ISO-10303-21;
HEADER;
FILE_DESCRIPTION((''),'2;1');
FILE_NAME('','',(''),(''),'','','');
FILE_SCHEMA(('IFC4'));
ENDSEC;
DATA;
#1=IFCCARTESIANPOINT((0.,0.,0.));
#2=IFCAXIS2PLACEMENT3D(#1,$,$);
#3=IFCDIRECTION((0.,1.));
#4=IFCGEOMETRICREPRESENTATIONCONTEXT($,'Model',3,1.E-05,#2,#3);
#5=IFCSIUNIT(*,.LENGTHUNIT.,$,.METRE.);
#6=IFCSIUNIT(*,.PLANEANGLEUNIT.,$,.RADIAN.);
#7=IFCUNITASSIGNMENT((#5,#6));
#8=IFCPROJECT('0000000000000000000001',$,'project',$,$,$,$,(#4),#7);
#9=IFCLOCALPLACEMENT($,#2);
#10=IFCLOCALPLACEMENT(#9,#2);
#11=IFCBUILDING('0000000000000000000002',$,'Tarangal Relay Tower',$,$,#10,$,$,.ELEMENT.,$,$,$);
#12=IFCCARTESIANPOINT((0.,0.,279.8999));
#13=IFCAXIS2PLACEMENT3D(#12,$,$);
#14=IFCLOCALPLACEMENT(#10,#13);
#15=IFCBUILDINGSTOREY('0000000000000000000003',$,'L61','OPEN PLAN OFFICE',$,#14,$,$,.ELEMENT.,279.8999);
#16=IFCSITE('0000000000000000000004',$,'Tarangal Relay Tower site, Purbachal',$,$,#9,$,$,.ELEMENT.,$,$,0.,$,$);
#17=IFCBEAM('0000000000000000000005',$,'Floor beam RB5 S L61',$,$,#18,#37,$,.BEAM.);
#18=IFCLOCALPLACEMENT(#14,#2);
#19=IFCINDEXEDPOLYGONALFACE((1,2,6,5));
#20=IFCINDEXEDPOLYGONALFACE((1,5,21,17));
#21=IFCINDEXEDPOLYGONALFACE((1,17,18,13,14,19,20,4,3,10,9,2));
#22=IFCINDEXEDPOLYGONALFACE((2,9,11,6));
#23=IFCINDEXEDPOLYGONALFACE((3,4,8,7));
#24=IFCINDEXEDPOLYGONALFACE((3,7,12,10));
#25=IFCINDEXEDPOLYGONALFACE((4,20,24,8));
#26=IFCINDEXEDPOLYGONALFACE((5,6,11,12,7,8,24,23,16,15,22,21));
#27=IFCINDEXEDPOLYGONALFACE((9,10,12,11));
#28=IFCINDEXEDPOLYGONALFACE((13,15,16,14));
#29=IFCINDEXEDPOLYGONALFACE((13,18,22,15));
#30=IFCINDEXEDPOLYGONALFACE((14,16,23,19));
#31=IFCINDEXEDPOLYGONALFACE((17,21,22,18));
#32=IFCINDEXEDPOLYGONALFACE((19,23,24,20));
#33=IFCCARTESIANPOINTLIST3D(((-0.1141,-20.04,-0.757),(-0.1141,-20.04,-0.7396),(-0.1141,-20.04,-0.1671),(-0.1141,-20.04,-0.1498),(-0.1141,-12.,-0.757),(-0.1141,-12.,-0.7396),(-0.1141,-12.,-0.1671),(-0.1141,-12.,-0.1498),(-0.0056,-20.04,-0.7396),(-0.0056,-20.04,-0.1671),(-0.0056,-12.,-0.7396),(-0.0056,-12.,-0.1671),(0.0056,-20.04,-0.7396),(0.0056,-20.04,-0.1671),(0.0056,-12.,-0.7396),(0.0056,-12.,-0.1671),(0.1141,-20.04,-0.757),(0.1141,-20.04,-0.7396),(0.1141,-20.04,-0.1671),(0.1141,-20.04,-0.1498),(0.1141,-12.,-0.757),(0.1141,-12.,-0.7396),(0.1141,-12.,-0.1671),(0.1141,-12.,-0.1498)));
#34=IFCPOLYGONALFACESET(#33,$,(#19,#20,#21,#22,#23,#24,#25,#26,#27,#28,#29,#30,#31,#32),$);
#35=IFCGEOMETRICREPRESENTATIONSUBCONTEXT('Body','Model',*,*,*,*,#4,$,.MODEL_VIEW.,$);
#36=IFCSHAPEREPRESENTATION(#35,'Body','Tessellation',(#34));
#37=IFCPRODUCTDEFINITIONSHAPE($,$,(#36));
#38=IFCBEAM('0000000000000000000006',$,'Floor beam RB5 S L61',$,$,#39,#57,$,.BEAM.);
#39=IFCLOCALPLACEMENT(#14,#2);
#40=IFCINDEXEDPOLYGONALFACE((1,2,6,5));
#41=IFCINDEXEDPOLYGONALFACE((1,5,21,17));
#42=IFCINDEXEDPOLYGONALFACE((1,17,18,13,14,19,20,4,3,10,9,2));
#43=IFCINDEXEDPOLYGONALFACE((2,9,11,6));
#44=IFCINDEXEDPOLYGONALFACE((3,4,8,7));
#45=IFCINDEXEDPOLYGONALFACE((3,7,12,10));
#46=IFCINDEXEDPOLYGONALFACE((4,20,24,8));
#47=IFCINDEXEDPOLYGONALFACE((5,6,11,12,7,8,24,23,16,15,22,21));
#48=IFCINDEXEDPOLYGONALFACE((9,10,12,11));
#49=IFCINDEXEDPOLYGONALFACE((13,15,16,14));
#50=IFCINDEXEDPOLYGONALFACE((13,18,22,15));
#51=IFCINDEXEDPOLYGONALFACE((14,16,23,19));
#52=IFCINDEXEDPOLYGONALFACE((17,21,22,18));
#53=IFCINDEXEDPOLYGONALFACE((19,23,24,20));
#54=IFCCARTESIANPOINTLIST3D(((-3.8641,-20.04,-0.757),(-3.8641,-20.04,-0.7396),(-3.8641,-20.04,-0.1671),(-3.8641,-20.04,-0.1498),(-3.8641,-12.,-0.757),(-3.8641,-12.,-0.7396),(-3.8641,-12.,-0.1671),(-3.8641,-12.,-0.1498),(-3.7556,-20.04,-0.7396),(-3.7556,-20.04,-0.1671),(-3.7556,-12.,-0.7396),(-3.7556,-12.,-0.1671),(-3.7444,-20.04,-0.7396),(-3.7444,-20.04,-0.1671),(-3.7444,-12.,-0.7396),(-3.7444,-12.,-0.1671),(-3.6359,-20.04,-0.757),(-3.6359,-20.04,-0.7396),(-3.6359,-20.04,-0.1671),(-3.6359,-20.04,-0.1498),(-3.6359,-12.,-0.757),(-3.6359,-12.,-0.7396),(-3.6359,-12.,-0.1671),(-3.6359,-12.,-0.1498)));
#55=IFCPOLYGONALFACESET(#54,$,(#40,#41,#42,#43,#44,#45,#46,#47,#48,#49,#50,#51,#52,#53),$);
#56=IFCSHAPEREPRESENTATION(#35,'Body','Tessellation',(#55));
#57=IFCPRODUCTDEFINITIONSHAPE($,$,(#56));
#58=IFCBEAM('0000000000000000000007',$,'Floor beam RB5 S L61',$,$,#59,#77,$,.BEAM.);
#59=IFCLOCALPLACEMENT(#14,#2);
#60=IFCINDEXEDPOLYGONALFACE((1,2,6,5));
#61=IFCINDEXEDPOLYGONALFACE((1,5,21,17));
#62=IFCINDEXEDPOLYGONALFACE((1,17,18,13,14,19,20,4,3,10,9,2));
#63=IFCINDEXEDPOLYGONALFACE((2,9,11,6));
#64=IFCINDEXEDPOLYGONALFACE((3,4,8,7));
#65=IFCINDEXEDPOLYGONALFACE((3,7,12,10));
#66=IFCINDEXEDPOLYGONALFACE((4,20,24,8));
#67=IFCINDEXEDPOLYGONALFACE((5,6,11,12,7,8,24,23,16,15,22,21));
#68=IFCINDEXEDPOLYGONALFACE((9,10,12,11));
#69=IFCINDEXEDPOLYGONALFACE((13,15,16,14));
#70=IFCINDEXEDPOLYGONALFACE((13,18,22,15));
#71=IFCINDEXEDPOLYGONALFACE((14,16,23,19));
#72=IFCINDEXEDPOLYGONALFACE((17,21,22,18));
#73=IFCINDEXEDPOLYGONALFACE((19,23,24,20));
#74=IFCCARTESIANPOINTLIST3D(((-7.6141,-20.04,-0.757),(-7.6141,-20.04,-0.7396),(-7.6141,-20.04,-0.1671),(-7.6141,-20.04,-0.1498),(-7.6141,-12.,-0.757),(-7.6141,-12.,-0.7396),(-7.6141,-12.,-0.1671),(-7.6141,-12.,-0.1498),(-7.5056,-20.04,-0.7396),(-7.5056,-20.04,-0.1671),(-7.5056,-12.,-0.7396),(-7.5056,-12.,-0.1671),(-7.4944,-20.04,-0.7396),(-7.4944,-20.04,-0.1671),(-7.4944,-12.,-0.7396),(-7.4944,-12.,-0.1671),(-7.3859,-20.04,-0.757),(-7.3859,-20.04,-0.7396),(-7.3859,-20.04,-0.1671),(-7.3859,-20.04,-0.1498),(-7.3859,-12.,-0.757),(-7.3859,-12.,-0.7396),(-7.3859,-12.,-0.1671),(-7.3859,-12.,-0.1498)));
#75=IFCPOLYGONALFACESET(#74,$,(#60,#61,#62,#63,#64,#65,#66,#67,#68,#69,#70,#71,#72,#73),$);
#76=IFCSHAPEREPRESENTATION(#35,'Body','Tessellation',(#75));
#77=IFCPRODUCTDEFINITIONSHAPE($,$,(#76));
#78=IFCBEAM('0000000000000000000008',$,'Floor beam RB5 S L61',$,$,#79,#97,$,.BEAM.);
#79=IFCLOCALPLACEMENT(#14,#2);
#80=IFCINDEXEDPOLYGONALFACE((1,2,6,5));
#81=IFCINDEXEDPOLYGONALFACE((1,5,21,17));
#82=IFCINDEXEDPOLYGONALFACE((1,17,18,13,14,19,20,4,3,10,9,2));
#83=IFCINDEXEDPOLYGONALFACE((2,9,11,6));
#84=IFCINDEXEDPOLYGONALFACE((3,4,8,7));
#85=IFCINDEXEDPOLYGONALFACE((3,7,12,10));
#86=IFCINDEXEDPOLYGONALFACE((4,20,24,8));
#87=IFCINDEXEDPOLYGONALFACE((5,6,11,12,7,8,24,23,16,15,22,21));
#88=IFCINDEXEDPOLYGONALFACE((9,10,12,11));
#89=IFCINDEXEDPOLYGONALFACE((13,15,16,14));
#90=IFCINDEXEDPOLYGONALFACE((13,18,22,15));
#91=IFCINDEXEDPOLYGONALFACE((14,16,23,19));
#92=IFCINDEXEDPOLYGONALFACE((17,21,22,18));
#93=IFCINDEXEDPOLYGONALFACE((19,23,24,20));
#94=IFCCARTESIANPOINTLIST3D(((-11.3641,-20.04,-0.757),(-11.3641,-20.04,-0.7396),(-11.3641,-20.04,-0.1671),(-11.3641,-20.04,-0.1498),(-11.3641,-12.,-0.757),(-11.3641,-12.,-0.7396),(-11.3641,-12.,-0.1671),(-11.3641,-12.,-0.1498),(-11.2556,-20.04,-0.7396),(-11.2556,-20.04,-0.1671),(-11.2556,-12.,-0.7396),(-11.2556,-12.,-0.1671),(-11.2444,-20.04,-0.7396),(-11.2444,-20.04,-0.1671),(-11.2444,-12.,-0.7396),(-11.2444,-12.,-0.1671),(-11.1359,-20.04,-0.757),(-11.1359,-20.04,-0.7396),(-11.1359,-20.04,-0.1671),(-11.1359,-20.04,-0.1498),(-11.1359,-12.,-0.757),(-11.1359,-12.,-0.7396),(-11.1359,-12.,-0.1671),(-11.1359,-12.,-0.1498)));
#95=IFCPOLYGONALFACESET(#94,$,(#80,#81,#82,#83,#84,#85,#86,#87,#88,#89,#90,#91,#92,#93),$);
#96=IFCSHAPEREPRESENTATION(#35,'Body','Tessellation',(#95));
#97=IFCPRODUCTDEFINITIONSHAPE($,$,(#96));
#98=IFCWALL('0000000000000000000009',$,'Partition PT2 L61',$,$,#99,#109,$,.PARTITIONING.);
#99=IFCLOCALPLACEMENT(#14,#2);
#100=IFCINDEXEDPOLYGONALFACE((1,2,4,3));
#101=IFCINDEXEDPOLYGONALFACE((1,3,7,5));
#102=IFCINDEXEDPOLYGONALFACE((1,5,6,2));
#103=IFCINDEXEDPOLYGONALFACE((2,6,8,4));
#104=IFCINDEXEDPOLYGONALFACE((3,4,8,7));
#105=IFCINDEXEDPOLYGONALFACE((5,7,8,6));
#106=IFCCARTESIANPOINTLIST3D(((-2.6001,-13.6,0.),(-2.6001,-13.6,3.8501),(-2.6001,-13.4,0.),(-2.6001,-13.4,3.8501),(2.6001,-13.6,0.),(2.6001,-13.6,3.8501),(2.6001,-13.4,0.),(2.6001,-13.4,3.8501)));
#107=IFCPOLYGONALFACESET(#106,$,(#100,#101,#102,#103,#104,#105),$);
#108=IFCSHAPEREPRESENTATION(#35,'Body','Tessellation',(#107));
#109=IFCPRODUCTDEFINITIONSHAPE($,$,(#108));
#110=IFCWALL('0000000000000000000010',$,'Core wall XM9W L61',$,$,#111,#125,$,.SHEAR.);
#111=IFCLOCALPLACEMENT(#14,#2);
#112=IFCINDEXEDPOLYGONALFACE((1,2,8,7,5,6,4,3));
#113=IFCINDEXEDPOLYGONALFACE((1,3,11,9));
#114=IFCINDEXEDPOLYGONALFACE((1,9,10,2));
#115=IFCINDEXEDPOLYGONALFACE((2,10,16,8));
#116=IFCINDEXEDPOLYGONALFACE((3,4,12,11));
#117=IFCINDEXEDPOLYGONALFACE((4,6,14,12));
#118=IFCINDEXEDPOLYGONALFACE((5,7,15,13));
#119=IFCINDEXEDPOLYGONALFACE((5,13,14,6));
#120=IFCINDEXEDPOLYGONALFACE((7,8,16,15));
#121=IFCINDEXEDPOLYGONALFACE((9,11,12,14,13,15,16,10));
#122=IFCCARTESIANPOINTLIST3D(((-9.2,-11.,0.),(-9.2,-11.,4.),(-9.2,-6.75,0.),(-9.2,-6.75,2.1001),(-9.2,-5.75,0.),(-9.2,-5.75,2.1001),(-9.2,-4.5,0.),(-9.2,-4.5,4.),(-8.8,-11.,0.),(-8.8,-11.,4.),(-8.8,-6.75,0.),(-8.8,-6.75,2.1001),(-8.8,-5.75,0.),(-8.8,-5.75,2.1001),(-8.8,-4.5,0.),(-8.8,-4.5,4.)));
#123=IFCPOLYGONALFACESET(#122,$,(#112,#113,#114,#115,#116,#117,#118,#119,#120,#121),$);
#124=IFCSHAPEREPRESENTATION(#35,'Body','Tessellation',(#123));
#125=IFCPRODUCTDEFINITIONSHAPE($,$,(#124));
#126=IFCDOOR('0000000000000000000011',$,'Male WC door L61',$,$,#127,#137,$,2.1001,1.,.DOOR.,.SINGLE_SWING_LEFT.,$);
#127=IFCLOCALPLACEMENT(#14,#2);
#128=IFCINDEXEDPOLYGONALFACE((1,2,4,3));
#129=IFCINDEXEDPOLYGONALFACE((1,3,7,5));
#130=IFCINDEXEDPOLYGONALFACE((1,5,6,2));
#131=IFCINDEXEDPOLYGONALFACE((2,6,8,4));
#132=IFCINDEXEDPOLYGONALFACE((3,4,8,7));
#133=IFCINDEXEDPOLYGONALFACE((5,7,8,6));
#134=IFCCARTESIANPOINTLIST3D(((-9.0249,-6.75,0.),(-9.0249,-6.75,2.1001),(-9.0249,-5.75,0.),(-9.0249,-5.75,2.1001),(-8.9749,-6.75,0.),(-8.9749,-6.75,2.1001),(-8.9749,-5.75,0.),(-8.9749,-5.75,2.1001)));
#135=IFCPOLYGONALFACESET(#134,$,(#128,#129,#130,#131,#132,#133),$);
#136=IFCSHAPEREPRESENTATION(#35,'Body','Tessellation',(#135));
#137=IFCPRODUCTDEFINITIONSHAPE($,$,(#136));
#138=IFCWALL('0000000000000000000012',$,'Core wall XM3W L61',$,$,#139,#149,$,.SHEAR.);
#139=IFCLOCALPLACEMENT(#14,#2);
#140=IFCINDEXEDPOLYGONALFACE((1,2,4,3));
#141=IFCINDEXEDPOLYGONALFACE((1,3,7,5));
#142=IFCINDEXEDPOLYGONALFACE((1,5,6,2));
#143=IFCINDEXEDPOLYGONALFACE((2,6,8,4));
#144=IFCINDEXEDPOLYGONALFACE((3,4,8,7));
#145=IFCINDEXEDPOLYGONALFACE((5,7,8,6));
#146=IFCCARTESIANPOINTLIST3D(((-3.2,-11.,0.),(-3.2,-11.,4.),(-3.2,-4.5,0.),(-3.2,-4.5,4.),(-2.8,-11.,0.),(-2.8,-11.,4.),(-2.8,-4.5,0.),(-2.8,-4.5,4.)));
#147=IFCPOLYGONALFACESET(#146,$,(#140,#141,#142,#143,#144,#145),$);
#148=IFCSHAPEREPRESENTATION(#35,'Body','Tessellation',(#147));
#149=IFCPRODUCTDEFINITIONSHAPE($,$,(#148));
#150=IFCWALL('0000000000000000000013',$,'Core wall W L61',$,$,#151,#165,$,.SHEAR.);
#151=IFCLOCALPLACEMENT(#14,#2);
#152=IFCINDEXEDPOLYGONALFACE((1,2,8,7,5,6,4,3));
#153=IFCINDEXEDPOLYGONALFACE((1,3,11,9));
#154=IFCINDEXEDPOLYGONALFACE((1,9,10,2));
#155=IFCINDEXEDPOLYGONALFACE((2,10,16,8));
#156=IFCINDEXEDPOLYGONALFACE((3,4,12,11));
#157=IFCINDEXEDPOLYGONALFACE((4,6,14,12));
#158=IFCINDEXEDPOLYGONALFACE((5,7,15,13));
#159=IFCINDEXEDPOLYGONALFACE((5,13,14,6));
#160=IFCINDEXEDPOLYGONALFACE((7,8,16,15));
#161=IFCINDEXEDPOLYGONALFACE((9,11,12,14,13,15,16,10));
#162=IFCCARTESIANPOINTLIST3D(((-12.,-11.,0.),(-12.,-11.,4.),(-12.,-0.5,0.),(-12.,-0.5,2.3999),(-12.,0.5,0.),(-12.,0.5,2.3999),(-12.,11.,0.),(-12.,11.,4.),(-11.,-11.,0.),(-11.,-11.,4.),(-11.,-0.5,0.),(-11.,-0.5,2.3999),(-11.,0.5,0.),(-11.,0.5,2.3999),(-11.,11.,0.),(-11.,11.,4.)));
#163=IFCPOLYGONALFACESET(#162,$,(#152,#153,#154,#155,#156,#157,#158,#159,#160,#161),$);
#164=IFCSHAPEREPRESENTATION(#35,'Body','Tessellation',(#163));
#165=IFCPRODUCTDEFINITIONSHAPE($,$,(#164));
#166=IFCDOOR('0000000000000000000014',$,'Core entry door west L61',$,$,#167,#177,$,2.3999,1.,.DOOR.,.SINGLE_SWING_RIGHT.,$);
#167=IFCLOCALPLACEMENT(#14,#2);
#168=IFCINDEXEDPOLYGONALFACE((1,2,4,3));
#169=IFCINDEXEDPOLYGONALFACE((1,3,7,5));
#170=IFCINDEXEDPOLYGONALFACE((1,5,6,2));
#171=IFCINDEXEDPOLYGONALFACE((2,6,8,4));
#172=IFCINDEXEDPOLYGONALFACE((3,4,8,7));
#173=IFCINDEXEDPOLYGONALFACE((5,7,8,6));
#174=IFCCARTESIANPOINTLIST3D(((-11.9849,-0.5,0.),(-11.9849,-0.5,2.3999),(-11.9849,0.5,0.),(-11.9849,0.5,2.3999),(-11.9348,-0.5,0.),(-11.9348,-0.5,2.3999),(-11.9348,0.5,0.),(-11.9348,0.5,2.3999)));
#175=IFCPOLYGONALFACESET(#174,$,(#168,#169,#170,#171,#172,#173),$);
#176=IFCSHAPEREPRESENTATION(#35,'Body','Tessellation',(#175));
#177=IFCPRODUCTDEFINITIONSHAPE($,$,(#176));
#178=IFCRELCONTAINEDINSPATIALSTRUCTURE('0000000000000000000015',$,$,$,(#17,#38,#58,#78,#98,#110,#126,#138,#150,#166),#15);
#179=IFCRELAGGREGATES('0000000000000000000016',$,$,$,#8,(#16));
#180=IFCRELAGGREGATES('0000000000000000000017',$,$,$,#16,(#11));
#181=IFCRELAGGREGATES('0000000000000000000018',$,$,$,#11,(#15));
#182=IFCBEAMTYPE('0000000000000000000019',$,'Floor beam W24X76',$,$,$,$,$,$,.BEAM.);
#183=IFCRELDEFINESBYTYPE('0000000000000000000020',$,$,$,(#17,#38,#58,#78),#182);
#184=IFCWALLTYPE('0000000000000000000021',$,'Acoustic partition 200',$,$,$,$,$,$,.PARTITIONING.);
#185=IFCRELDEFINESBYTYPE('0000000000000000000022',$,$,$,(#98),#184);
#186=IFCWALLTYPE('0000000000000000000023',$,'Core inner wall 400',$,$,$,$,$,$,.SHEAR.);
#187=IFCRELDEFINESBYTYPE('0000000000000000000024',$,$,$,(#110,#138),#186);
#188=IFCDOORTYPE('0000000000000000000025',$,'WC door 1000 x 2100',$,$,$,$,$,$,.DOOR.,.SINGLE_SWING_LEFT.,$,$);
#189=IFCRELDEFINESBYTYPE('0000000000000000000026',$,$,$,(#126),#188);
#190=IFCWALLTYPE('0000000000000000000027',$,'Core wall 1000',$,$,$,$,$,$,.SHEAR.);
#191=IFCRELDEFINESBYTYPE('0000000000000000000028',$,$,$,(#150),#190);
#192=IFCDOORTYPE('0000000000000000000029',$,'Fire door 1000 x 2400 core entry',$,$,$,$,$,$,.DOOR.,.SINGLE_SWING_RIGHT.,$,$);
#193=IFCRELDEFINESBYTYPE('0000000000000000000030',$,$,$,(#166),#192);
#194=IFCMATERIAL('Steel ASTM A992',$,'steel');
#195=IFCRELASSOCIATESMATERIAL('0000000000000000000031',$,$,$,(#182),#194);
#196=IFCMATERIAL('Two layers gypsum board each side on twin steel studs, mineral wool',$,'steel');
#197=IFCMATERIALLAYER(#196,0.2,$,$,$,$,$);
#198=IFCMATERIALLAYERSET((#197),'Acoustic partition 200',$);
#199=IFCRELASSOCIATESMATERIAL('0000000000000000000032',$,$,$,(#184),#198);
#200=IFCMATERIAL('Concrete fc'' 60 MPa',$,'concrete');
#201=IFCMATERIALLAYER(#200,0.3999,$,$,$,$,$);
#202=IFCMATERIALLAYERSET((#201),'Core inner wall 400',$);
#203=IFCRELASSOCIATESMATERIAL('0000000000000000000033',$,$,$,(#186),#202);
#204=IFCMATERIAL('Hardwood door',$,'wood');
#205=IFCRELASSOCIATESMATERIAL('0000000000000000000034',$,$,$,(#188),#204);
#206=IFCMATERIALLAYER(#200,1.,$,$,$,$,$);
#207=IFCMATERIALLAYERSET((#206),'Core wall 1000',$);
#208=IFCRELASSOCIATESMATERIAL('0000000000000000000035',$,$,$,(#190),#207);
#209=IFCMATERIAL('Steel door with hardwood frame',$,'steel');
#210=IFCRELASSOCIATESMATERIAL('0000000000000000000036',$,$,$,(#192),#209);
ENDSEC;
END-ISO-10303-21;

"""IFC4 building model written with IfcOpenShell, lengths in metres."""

from ifc_helpers import new_model, si_unit, direction, frame, frame_2d, origin, origin_2d, place, context, subcontext, project, spatial, rectangle, i_section, extrude, material, layer, layer_set, material_profile, profile_set, type_object, element, fill, save


model = new_model("IFC4")

# Units and contexts
model_context = context("Model", 3, precision=1e-05, world=origin(), true_north=direction((0.0, 1.0)))
body_context = subcontext(model_context, "Body", "Model", "MODEL_VIEW")
ifc_project = project(units=[si_unit("LENGTHUNIT", "METRE"), si_unit("PLANEANGLEUNIT", "RADIAN")], contexts=[model_context])

# Site, building, storey
site_placement = place(None, origin())
site = spatial("IfcSite", under=ifc_project, at=site_placement, Name="Tarangal Relay Tower site, Purbachal", CompositionType="ELEMENT", RefElevation=0.0)
building_placement = place(site_placement, origin())
building = spatial("IfcBuilding", under=site, at=building_placement, Name="Tarangal Relay Tower", CompositionType="ELEMENT")
storey_placement = place(building_placement, frame((0.0, 0.0, 279.8999)))
storey = spatial("IfcBuildingStorey", under=building, at=storey_placement, Name="L61", Description="OPEN PLAN OFFICE", CompositionType="ELEMENT", Elevation=279.8999)

# Beams
ifc_material_1 = material(Name="Steel ASTM A992", Category="steel")
ifc_material_profile = material_profile(ifc_material_1, i_section(OverallWidth=0.2283, OverallDepth=0.6072, WebThickness=0.0112, FlangeThickness=0.0173, at=origin_2d()), Name="W24X76")
ifc_profile_set = profile_set([ifc_material_profile], Name="Steel ASTM A992")
beam_type = type_object("IfcBeamType", Name="Floor beam W24X76", PredefinedType="BEAM", material=ifc_profile_set)
for number, where, z_axis, x_axis, name in (
    (1, (0.0, -12.0, -0.4534), (0.0, -1.0, 0.0), (1.0, 0.0, 0.0), "Floor beam RB5 S L61"),
    (2, (-3.75, -12.0, -0.4534), (0.0, -1.0, 0.0), (1.0, 0.0, 0.0), "Floor beam RB5 S L61"),
    (3, (-7.5, -12.0, -0.4534), (0.0, -1.0, 0.0), (1.0, 0.0, 0.0), "Floor beam RB5 S L61"),
    (4, (-11.25, -12.0, -0.4534), (0.0, -1.0, 0.0), (1.0, 0.0, 0.0), "Floor beam RB5 S L61"),
):
    element("IfcBeam", number, at=place(storey_placement, frame(where, z_axis=z_axis, x_axis=x_axis)), inside=storey, type_object=beam_type, Name=name, PredefinedType="BEAM", context=body_context, shape_type="SweptSolid", body=[
        extrude(i_section(OverallWidth=0.2283, OverallDepth=0.6072, WebThickness=0.0112, FlangeThickness=0.0173, at=origin_2d()), origin(), (0.0, 0.0, 1.0), 8.04),
    ])

# Wall
ifc_material_2 = material(Name="Two layers gypsum board each side on twin steel studs, mineral wool", Category="steel")
ifc_layer_1 = layer(ifc_material_2, 0.2)
ifc_layer_set_1 = layer_set([ifc_layer_1], Name="Acoustic partition 200")
wall_type_1 = type_object("IfcWallType", Name="Acoustic partition 200", PredefinedType="PARTITIONING", material=ifc_layer_set_1)
wall_1_placement = place(storey_placement, frame((-2.6001, -13.5, 0.0), z_axis=(0.0, 0.0, 1.0), x_axis=(1.0, 0.0, 0.0)))
element("IfcWall", 5, at=wall_1_placement, inside=storey, type_object=wall_type_1, Name="Partition PT2 L61", PredefinedType="PARTITIONING", context=body_context, shape_type="SweptSolid", body=[
    extrude(rectangle(XDim=5.2002, YDim=0.2, at=frame_2d((2.6001, 0.0))), origin(), (0.0, 0.0, 1.0), 3.8501),
])

# Wall, opening, door
ifc_material_3 = material(Name="Concrete fc' 60 MPa", Category="concrete")
ifc_layer_2 = layer(ifc_material_3, 0.3999)
ifc_layer_set_2 = layer_set([ifc_layer_2], Name="Core inner wall 400")
wall_type_2 = type_object("IfcWallType", Name="Core inner wall 400", PredefinedType="SHEAR", material=ifc_layer_set_2)
wall_2_placement = place(storey_placement, frame((-9.0, -11.0, 0.0), z_axis=(0.0, 0.0, 1.0), x_axis=(0.0, 1.0, 0.0)))
wall_2 = element("IfcWall", 6, at=wall_2_placement, inside=storey, type_object=wall_type_2, Name="Core wall XM9W L61", PredefinedType="SHEAR", context=body_context, shape_type="SweptSolid", body=[
    extrude(rectangle(XDim=6.5, YDim=0.3999, at=frame_2d((3.25, 0.0))), origin(), (0.0, 0.0, 1.0), 4.0),
])
opening_1_placement = place(wall_2_placement, frame((4.25, 0.0, 0.0)))
opening_1 = element("IfcOpeningElement", 7, at=opening_1_placement, cuts=wall_2, PredefinedType="OPENING", context=body_context, shape_type="SweptSolid", body=[
    extrude(rectangle(XDim=1.0, YDim=2.1001, at=frame_2d((0.5, 1.05))), frame((0.0, 0.21, 0.0), z_axis=(0.0, -1.0, 0.0), x_axis=(1.0, 0.0, 0.0)), (0.0, 0.0, 1.0), 0.4199),
])
ifc_material_4 = material(Name="Hardwood door", Category="wood")
door_type_1 = type_object("IfcDoorType", Name="WC door 1000 x 2100", OperationType="SINGLE_SWING_LEFT", PredefinedType="DOOR", material=ifc_material_4)
door_1_placement = place(opening_1_placement, origin())
door_1 = element("IfcDoor", 8, at=door_1_placement, inside=storey, type_object=door_type_1, Name="Male WC door L61", OperationType="SINGLE_SWING_LEFT", OverallHeight=2.1001, OverallWidth=1.0, PredefinedType="DOOR", context=body_context, shape_type="SweptSolid", body=[
    extrude(rectangle(XDim=1.0, YDim=2.1001, at=frame_2d((0.5, 1.05))), frame((0.0, 0.0249, 0.0), z_axis=(0.0, -1.0, 0.0), x_axis=(1.0, 0.0, 0.0)), (0.0, 0.0, 1.0), 0.05),
])
fill(opening_1, door_1)

# Wall
wall_3_placement = place(storey_placement, frame((-3.0, -11.0, 0.0), z_axis=(0.0, 0.0, 1.0), x_axis=(0.0, 1.0, 0.0)))
element("IfcWall", 9, at=wall_3_placement, inside=storey, type_object=wall_type_2, Name="Core wall XM3W L61", PredefinedType="SHEAR", context=body_context, shape_type="SweptSolid", body=[
    extrude(rectangle(XDim=6.5, YDim=0.3999, at=frame_2d((3.25, 0.0))), origin(), (0.0, 0.0, 1.0), 4.0),
])

# Wall, opening, door
ifc_layer_3 = layer(ifc_material_3, 1.0)
ifc_layer_set_3 = layer_set([ifc_layer_3], Name="Core wall 1000")
wall_type_3 = type_object("IfcWallType", Name="Core wall 1000", PredefinedType="SHEAR", material=ifc_layer_set_3)
wall_4_placement = place(storey_placement, frame((-11.5, -11.0, 0.0), z_axis=(0.0, 0.0, 1.0), x_axis=(0.0, 1.0, 0.0)))
wall_4 = element("IfcWall", 10, at=wall_4_placement, inside=storey, type_object=wall_type_3, Name="Core wall W L61", PredefinedType="SHEAR", context=body_context, shape_type="SweptSolid", body=[
    extrude(rectangle(XDim=22.0, YDim=1.0, at=frame_2d((11.0, 0.0))), origin(), (0.0, 0.0, 1.0), 4.0),
])
opening_2_placement = place(wall_4_placement, frame((10.5, 0.0, 0.0)))
opening_2 = element("IfcOpeningElement", 11, at=opening_2_placement, cuts=wall_4, PredefinedType="OPENING", context=body_context, shape_type="SweptSolid", body=[
    extrude(rectangle(XDim=1.0, YDim=2.3999, at=frame_2d((0.5, 1.2))), frame((0.0, 0.51, 0.0), z_axis=(0.0, -1.0, 0.0), x_axis=(1.0, 0.0, 0.0)), (0.0, 0.0, 1.0), 1.02),
])
ifc_material_5 = material(Name="Steel door with hardwood frame", Category="steel")
door_type_2 = type_object("IfcDoorType", Name="Fire door 1000 x 2400 core entry", OperationType="SINGLE_SWING_RIGHT", PredefinedType="DOOR", material=ifc_material_5)
door_2_placement = place(opening_2_placement, origin())
door_2 = element("IfcDoor", 12, at=door_2_placement, inside=storey, type_object=door_type_2, Name="Core entry door west L61", OperationType="SINGLE_SWING_RIGHT", OverallHeight=2.3999, OverallWidth=1.0, PredefinedType="DOOR", context=body_context, shape_type="SweptSolid", body=[
    extrude(rectangle(XDim=1.0, YDim=2.3999, at=frame_2d((0.5, 1.2))), frame((0.0, 0.4849, 0.0), z_axis=(0.0, -1.0, 0.0), x_axis=(1.0, 0.0, 0.0)), (0.0, 0.0, 1.0), 0.05),
])
fill(opening_2, door_2)

save(model, "model.ifc")
